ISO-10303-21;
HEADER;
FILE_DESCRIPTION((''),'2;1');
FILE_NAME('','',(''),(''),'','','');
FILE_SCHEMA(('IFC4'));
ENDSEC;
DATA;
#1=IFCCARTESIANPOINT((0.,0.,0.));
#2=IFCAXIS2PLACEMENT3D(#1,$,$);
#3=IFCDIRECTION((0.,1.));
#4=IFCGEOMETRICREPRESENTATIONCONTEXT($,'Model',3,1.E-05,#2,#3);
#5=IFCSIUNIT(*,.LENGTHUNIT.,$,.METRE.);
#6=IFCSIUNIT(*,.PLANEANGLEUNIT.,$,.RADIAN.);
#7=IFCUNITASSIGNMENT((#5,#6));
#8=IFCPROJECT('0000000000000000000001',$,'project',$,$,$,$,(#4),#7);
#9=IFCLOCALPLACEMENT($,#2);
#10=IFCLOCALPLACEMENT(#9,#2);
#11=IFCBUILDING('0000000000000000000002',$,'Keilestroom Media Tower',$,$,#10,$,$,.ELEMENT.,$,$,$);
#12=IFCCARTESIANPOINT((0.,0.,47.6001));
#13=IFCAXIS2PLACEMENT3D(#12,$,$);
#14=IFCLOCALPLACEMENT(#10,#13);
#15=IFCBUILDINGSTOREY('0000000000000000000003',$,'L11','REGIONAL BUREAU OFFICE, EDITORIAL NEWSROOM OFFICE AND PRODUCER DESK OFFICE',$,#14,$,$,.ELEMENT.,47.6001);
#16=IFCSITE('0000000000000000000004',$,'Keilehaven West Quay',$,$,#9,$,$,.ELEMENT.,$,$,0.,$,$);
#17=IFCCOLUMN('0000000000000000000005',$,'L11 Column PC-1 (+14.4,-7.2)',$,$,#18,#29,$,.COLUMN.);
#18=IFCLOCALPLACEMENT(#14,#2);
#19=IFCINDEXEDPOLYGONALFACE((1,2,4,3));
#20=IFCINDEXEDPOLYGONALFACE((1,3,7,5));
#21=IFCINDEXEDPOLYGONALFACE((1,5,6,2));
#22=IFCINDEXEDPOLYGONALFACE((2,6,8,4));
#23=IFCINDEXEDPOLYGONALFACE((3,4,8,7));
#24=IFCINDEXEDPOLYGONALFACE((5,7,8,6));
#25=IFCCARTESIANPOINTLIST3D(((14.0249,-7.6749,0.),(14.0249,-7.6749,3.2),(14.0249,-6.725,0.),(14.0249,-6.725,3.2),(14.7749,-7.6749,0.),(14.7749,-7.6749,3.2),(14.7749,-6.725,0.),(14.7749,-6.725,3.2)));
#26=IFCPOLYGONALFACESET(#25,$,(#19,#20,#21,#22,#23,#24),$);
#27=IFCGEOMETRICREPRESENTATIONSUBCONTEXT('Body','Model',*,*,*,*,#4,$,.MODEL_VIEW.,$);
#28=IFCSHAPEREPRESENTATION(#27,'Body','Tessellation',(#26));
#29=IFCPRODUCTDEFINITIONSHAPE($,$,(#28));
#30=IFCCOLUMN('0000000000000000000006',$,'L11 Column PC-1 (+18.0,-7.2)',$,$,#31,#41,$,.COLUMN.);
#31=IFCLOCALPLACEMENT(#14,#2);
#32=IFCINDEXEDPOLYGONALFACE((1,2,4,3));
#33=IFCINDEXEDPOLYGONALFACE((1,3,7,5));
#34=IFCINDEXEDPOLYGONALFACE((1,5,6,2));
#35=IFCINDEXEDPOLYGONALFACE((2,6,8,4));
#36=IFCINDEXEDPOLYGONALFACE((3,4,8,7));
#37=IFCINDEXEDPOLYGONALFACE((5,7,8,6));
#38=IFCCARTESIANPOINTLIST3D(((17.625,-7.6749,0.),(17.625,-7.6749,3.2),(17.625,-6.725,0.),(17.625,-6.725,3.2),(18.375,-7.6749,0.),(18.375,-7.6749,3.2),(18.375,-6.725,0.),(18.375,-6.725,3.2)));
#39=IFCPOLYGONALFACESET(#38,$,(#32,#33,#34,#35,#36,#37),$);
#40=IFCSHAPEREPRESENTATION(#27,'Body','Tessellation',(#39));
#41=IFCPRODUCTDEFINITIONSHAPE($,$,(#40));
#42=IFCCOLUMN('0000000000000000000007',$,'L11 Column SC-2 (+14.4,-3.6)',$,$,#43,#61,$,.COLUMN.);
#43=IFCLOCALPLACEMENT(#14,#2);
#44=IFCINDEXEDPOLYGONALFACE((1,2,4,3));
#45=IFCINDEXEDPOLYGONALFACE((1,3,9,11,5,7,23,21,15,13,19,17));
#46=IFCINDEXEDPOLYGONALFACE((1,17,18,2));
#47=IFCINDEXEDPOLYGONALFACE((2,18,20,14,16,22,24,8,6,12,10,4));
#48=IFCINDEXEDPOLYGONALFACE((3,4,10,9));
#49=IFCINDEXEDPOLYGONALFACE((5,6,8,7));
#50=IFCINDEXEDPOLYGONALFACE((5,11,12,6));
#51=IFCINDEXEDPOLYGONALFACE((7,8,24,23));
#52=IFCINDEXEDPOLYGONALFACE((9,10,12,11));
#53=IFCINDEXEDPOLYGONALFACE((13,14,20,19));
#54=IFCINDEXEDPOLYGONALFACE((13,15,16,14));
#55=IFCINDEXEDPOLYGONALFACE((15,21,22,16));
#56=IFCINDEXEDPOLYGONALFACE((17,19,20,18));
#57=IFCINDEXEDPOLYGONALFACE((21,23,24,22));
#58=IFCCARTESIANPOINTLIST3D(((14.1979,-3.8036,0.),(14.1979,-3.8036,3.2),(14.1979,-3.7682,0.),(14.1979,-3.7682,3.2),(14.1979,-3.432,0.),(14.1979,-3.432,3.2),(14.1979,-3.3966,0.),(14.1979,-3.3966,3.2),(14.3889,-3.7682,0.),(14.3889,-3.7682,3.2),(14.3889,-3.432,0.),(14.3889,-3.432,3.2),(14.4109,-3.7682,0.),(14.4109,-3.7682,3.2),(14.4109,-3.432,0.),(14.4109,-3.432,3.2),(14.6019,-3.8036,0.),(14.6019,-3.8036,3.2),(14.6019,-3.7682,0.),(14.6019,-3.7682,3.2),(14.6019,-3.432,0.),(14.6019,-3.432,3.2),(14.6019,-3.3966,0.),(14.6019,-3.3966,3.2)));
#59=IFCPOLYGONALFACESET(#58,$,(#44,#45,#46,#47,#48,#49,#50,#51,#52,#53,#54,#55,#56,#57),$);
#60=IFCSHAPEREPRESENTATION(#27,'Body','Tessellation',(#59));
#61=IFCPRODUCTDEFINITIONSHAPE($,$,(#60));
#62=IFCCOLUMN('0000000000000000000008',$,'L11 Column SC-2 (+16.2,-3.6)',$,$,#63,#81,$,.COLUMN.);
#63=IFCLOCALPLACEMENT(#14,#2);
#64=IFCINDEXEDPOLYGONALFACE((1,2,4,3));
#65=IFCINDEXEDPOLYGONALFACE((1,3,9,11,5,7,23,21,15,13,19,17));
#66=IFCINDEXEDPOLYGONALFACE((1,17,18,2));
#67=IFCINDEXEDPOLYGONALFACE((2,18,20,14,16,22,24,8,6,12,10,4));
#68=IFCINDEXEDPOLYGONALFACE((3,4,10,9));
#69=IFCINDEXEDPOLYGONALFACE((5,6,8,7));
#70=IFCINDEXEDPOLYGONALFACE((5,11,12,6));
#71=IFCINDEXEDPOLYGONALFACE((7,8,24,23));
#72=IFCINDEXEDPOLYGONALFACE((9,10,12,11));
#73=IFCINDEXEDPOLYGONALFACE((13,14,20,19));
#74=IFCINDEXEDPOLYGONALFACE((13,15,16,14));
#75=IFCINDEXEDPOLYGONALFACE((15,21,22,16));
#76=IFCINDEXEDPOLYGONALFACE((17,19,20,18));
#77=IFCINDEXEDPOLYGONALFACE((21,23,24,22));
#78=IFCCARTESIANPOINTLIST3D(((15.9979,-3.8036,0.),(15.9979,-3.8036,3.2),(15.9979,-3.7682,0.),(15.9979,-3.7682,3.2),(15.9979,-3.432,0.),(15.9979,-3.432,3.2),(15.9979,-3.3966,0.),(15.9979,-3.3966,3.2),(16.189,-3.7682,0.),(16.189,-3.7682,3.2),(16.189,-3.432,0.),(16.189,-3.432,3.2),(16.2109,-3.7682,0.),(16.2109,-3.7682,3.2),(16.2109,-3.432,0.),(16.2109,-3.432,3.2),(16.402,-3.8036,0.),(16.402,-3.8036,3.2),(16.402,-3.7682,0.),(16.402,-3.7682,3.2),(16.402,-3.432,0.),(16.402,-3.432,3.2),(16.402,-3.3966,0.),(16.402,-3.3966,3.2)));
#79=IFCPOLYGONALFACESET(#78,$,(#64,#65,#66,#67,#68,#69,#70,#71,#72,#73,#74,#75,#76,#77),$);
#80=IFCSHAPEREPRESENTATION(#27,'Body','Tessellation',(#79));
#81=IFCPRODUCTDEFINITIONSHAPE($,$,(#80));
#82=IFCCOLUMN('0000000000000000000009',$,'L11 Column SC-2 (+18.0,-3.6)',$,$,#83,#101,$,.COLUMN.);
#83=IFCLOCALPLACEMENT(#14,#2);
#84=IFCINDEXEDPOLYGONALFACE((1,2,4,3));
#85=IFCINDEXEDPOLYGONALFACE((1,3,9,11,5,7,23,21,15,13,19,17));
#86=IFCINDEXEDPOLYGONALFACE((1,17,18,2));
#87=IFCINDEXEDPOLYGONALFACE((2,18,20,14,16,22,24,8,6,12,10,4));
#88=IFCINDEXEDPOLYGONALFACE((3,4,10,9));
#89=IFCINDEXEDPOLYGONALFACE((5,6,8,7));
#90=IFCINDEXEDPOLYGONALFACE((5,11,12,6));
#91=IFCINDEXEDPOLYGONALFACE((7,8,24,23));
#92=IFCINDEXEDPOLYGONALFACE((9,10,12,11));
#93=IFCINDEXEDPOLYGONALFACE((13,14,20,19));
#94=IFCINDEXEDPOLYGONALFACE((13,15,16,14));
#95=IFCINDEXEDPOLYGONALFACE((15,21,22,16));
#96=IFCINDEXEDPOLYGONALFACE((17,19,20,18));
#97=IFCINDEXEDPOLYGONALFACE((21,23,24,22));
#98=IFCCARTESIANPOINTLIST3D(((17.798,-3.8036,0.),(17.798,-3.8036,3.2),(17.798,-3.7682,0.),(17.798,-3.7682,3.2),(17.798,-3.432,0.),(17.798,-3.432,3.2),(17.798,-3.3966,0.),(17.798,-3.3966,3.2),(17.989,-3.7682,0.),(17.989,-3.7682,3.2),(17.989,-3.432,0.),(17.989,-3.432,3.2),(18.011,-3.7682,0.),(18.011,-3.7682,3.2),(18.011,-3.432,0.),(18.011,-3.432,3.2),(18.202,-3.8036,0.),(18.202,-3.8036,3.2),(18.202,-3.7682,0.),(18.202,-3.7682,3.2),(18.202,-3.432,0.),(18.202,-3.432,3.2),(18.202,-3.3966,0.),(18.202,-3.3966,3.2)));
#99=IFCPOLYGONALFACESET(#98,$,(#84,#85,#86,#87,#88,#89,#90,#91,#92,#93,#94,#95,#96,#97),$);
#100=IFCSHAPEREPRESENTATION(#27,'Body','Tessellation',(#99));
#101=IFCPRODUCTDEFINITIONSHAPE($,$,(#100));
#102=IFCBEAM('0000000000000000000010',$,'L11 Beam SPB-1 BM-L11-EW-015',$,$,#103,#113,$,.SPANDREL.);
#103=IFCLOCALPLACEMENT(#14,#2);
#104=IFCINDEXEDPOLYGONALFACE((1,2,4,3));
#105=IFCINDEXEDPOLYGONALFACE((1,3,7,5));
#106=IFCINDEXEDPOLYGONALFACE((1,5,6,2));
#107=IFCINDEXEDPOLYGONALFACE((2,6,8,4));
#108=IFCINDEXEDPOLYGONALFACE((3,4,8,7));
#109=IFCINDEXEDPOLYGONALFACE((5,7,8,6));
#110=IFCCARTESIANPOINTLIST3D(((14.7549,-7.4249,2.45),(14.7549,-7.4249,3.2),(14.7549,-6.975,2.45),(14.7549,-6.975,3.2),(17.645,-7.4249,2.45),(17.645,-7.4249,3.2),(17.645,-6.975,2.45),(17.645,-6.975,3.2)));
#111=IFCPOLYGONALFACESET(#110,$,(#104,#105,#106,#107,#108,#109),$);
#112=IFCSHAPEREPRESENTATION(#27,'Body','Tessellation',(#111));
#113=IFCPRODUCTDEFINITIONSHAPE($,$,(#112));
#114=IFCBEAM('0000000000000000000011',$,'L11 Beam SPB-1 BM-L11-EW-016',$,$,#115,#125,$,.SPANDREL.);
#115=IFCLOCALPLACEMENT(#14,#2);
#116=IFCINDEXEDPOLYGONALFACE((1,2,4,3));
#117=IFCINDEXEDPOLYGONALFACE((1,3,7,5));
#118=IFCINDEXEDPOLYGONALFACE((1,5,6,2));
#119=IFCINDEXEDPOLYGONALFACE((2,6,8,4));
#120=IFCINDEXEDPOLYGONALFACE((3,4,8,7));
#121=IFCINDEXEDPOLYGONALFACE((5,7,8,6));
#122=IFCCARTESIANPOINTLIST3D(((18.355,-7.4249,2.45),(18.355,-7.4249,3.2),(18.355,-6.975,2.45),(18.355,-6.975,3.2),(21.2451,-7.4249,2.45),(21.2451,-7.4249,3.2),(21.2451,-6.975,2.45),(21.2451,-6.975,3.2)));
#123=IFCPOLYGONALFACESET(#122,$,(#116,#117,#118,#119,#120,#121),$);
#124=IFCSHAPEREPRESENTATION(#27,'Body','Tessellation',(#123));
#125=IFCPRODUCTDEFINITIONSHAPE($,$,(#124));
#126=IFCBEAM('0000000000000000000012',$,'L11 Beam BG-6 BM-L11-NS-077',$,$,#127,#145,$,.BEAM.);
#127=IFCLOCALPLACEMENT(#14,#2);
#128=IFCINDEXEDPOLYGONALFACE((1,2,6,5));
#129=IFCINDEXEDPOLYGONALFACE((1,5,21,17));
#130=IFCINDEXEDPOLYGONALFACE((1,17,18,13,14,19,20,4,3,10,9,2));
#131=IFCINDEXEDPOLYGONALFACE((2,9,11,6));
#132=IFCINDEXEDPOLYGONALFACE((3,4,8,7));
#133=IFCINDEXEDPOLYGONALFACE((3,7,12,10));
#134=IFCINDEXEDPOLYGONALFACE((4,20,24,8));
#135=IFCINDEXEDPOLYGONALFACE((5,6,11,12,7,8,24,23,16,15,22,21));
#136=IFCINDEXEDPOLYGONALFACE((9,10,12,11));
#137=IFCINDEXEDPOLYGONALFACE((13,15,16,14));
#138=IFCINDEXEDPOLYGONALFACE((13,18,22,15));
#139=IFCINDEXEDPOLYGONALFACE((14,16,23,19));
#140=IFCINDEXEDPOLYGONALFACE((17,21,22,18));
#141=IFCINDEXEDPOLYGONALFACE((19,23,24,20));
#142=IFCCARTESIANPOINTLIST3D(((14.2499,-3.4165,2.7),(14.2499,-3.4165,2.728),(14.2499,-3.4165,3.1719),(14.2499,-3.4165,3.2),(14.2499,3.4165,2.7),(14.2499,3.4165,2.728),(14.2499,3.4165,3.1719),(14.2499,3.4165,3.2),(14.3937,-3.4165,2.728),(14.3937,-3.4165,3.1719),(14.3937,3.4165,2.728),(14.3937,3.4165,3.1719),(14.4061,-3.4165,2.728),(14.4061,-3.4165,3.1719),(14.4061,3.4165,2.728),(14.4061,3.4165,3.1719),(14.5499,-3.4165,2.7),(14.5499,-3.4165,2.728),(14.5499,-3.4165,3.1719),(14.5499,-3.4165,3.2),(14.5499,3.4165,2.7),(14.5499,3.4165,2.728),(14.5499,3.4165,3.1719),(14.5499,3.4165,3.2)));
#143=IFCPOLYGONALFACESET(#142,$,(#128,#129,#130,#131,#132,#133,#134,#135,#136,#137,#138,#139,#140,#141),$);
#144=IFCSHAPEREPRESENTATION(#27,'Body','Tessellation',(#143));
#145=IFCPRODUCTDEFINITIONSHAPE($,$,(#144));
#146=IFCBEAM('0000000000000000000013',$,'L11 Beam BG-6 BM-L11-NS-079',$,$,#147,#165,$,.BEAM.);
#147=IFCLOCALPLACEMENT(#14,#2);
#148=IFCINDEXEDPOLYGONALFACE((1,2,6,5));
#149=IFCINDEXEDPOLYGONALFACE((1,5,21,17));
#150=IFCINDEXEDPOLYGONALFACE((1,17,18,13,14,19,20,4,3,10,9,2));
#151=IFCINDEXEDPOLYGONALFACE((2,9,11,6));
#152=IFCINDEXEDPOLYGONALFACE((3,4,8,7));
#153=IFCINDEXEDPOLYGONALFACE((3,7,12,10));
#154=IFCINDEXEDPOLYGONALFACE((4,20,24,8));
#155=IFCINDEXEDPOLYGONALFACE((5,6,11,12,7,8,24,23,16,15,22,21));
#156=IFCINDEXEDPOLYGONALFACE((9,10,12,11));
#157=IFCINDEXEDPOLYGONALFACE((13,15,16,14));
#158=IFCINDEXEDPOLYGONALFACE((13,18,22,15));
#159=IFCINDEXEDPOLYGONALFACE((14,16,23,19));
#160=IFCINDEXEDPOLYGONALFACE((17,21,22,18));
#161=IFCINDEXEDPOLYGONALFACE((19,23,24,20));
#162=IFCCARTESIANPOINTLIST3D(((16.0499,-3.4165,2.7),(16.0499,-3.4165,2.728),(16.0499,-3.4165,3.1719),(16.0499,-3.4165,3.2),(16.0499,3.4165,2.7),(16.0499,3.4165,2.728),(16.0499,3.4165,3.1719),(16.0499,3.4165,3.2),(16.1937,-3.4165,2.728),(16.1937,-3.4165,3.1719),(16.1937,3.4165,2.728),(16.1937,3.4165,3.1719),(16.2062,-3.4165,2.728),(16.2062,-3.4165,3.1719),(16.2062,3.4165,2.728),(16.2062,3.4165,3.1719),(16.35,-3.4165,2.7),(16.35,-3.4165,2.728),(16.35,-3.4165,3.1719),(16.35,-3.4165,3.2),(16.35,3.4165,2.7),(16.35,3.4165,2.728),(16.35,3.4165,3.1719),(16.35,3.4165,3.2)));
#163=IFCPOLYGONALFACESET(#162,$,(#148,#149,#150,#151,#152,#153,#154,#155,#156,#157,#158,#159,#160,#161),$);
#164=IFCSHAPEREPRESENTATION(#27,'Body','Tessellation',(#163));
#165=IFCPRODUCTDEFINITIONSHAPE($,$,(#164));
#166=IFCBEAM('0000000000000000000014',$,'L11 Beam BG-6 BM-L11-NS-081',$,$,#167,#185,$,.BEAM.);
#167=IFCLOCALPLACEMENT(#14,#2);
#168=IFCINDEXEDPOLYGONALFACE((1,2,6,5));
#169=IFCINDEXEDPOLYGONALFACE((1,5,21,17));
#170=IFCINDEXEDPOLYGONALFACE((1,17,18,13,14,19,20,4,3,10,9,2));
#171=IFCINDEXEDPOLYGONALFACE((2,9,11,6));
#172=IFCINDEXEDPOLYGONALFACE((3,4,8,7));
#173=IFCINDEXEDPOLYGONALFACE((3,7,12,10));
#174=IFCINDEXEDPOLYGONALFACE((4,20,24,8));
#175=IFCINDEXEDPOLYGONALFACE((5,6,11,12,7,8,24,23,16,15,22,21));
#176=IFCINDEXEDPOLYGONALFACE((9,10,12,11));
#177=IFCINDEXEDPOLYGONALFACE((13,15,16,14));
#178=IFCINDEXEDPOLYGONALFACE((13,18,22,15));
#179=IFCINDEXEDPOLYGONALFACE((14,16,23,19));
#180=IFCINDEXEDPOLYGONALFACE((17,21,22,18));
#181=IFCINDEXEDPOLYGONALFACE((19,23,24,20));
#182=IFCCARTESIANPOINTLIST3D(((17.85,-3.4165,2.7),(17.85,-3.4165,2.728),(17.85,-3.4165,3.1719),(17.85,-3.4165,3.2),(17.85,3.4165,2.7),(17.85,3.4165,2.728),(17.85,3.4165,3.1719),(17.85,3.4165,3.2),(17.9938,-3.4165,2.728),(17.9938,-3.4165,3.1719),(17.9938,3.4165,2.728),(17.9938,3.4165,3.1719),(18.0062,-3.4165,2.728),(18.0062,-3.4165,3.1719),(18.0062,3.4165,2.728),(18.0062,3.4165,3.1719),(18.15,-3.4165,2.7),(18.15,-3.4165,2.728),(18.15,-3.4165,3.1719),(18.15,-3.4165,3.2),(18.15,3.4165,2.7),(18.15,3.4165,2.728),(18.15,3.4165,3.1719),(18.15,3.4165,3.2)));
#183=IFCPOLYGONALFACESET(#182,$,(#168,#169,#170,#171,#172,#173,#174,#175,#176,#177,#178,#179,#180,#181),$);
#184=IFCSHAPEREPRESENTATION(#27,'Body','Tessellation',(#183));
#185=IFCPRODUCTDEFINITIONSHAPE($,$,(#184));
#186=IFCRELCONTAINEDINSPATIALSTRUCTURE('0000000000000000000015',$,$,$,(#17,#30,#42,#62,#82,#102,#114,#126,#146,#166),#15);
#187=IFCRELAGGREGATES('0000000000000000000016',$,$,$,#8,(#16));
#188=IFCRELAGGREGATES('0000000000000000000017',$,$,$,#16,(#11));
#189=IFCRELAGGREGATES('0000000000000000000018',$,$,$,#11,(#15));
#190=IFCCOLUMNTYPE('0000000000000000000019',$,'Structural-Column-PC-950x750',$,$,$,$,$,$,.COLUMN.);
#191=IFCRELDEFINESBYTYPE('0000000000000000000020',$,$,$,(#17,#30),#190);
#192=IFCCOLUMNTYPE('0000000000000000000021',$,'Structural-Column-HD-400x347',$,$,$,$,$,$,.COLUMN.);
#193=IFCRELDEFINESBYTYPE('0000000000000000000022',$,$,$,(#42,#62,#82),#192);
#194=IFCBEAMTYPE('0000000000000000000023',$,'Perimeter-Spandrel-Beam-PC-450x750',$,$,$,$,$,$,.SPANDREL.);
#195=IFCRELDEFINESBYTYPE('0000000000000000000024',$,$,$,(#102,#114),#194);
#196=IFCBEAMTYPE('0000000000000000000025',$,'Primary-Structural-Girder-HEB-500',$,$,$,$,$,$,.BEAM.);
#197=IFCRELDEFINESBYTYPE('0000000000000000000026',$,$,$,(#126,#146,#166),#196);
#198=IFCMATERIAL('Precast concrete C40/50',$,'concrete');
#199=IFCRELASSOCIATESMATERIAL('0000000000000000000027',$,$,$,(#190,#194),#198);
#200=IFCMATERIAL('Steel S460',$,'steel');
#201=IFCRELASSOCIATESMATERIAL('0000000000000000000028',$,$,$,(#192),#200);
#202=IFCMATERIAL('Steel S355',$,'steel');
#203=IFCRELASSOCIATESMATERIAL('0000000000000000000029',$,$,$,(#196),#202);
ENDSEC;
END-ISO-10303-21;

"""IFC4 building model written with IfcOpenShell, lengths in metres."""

from ifc_helpers import new_model, si_unit, direction, frame, origin, origin_2d, place, context, subcontext, project, spatial, rectangle, i_section, extrude, source, transform, mapped, material, material_profile, profile_set, type_object, element, save


model = new_model("IFC4")

# Units and contexts
model_context = context("Model", 3, precision=1e-05, world=origin(), true_north=direction((0.0, 1.0)))
body_context = subcontext(model_context, "Body", "Model", "MODEL_VIEW")
ifc_project = project(units=[si_unit("LENGTHUNIT", "METRE"), si_unit("PLANEANGLEUNIT", "RADIAN")], contexts=[model_context])

# Site, building, storey
site_placement = place(None, origin())
site = spatial("IfcSite", under=ifc_project, at=site_placement, Name="Keilehaven West Quay", CompositionType="ELEMENT", RefElevation=0.0)
building_placement = place(site_placement, origin())
building = spatial("IfcBuilding", under=site, at=building_placement, Name="Keilestroom Media Tower", CompositionType="ELEMENT")
storey_placement = place(building_placement, frame((0.0, 0.0, 47.6001)))
storey = spatial("IfcBuildingStorey", under=building, at=storey_placement, Name="L11", Description="REGIONAL BUREAU OFFICE, EDITORIAL NEWSROOM OFFICE AND PRODUCER DESK OFFICE", CompositionType="ELEMENT", Elevation=47.6001)

# Columns
ifc_material_1 = material(Name="Precast concrete C40/50", Category="concrete")
ifc_material_profile_1 = material_profile(ifc_material_1, rectangle(XDim=0.75, YDim=0.95, at=origin_2d()), Name="PC 950x750")
ifc_profile_set_1 = profile_set([ifc_material_profile_1], Name="Precast concrete C40/50")
column_type_1 = type_object("IfcColumnType", Name="Structural-Column-PC-950x750", PredefinedType="COLUMN", material=ifc_profile_set_1)
shared_shape_1 = source(origin(), body_context, "Body", "SweptSolid", [
    extrude(rectangle(XDim=0.75, YDim=0.95, at=origin_2d()), origin(), (0.0, 0.0, 1.0), 3.2),
])
for number, where, z_axis, x_axis, name in (
    (1, (14.3999, -7.2, 0.0), (0.0, 0.0, 1.0), (1.0, 0.0, 0.0), "L11 Column PC-1 (+14.4,-7.2)"),
    (2, (18.0, -7.2, 0.0), (0.0, 0.0, 1.0), (1.0, 0.0, 0.0), "L11 Column PC-1 (+18.0,-7.2)"),
):
    element("IfcColumn", number, at=place(storey_placement, frame(where, z_axis=z_axis, x_axis=x_axis)), inside=storey, type_object=column_type_1, Name=name, PredefinedType="COLUMN", context=body_context, shape_type="MappedRepresentation", body=[
        mapped(shared_shape_1, transform((0.0, 0.0, 0.0), x_axis=(1.0, 0.0, 0.0), y_axis=(0.0, 1.0, 0.0), z_axis=(0.0, 0.0, 1.0), scale=1.0)),
    ])
ifc_material_2 = material(Name="Steel S460", Category="steel")
ifc_material_profile_2 = material_profile(ifc_material_2, i_section(OverallWidth=0.4041, OverallDepth=0.407, WebThickness=0.022, FlangeThickness=0.0354, at=origin_2d()), Name="HD 400x347")
ifc_profile_set_2 = profile_set([ifc_material_profile_2], Name="Steel S460")
column_type_2 = type_object("IfcColumnType", Name="Structural-Column-HD-400x347", PredefinedType="COLUMN", material=ifc_profile_set_2)
shared_shape_2 = source(origin(), body_context, "Body", "SweptSolid", [
    extrude(i_section(OverallWidth=0.4041, OverallDepth=0.407, WebThickness=0.022, FlangeThickness=0.0354, at=origin_2d()), origin(), (0.0, 0.0, 1.0), 3.2),
])
for number, where, z_axis, x_axis, name in (
    (3, (14.3999, -3.6001, 0.0), (0.0, 0.0, 1.0), (1.0, 0.0, 0.0), "L11 Column SC-2 (+14.4,-3.6)"),
    (4, (16.2, -3.6001, 0.0), (0.0, 0.0, 1.0), (1.0, 0.0, 0.0), "L11 Column SC-2 (+16.2,-3.6)"),
    (5, (18.0, -3.6001, 0.0), (0.0, 0.0, 1.0), (1.0, 0.0, 0.0), "L11 Column SC-2 (+18.0,-3.6)"),
):
    element("IfcColumn", number, at=place(storey_placement, frame(where, z_axis=z_axis, x_axis=x_axis)), inside=storey, type_object=column_type_2, Name=name, PredefinedType="COLUMN", context=body_context, shape_type="MappedRepresentation", body=[
        mapped(shared_shape_2, transform((0.0, 0.0, 0.0), x_axis=(1.0, 0.0, 0.0), y_axis=(0.0, 1.0, 0.0), z_axis=(0.0, 0.0, 1.0), scale=1.0)),
    ])

# Beams
ifc_material_profile_3 = material_profile(ifc_material_1, rectangle(XDim=0.45, YDim=0.75, at=origin_2d()), Name="PC 450x750")
ifc_profile_set_3 = profile_set([ifc_material_profile_3], Name="Precast concrete C40/50")
beam_type_1 = type_object("IfcBeamType", Name="Perimeter-Spandrel-Beam-PC-450x750", PredefinedType="SPANDREL", material=ifc_profile_set_3)
shared_shape_3 = source(origin(), body_context, "Body", "SweptSolid", [
    extrude(rectangle(XDim=0.45, YDim=0.75, at=origin_2d()), origin(), (0.0, 0.0, 1.0), 2.8901),
])
for number, where, z_axis, x_axis, name in (
    (6, (14.7549, -7.2, 2.825), (1.0, 0.0, 0.0), (0.0, 1.0, 0.0), "L11 Beam SPB-1 BM-L11-EW-015"),
    (7, (18.355, -7.2, 2.825), (1.0, 0.0, 0.0), (0.0, 1.0, 0.0), "L11 Beam SPB-1 BM-L11-EW-016"),
):
    element("IfcBeam", number, at=place(storey_placement, frame(where, z_axis=z_axis, x_axis=x_axis)), inside=storey, type_object=beam_type_1, Name=name, PredefinedType="SPANDREL", context=body_context, shape_type="MappedRepresentation", body=[
        mapped(shared_shape_3, transform((0.0, 0.0, 0.0), x_axis=(1.0, 0.0, 0.0), y_axis=(0.0, 1.0, 0.0), z_axis=(0.0, 0.0, 1.0), scale=1.0)),
    ])
ifc_material_3 = material(Name="Steel S355", Category="steel")
ifc_material_profile_4 = material_profile(ifc_material_3, i_section(OverallWidth=0.3, OverallDepth=0.5, WebThickness=0.0125, FlangeThickness=0.0281, at=origin_2d()), Name="HEB 500")
ifc_profile_set_4 = profile_set([ifc_material_profile_4], Name="Steel S355")
beam_type_2 = type_object("IfcBeamType", Name="Primary-Structural-Girder-HEB-500", PredefinedType="BEAM", material=ifc_profile_set_4)
shared_shape_4 = source(origin(), body_context, "Body", "SweptSolid", [
    extrude(i_section(OverallWidth=0.3, OverallDepth=0.5, WebThickness=0.0125, FlangeThickness=0.0281, at=origin_2d()), origin(), (0.0, 0.0, 1.0), 6.833),
])
for number, where, z_axis, x_axis, name in (
    (8, (14.3999, -3.4165, 2.95), (0.0, 1.0, 0.0), (-1.0, 0.0, 0.0), "L11 Beam BG-6 BM-L11-NS-077"),
    (9, (16.2, -3.4165, 2.95), (0.0, 1.0, 0.0), (-1.0, 0.0, 0.0), "L11 Beam BG-6 BM-L11-NS-079"),
    (10, (18.0, -3.4165, 2.95), (0.0, 1.0, 0.0), (-1.0, 0.0, 0.0), "L11 Beam BG-6 BM-L11-NS-081"),
):
    element("IfcBeam", number, at=place(storey_placement, frame(where, z_axis=z_axis, x_axis=x_axis)), inside=storey, type_object=beam_type_2, Name=name, PredefinedType="BEAM", context=body_context, shape_type="MappedRepresentation", body=[
        mapped(shared_shape_4, transform((0.0, 0.0, 0.0), x_axis=(1.0, 0.0, 0.0), y_axis=(0.0, 1.0, 0.0), z_axis=(0.0, 0.0, 1.0), scale=1.0)),
    ])

save(model, "model.ifc")
